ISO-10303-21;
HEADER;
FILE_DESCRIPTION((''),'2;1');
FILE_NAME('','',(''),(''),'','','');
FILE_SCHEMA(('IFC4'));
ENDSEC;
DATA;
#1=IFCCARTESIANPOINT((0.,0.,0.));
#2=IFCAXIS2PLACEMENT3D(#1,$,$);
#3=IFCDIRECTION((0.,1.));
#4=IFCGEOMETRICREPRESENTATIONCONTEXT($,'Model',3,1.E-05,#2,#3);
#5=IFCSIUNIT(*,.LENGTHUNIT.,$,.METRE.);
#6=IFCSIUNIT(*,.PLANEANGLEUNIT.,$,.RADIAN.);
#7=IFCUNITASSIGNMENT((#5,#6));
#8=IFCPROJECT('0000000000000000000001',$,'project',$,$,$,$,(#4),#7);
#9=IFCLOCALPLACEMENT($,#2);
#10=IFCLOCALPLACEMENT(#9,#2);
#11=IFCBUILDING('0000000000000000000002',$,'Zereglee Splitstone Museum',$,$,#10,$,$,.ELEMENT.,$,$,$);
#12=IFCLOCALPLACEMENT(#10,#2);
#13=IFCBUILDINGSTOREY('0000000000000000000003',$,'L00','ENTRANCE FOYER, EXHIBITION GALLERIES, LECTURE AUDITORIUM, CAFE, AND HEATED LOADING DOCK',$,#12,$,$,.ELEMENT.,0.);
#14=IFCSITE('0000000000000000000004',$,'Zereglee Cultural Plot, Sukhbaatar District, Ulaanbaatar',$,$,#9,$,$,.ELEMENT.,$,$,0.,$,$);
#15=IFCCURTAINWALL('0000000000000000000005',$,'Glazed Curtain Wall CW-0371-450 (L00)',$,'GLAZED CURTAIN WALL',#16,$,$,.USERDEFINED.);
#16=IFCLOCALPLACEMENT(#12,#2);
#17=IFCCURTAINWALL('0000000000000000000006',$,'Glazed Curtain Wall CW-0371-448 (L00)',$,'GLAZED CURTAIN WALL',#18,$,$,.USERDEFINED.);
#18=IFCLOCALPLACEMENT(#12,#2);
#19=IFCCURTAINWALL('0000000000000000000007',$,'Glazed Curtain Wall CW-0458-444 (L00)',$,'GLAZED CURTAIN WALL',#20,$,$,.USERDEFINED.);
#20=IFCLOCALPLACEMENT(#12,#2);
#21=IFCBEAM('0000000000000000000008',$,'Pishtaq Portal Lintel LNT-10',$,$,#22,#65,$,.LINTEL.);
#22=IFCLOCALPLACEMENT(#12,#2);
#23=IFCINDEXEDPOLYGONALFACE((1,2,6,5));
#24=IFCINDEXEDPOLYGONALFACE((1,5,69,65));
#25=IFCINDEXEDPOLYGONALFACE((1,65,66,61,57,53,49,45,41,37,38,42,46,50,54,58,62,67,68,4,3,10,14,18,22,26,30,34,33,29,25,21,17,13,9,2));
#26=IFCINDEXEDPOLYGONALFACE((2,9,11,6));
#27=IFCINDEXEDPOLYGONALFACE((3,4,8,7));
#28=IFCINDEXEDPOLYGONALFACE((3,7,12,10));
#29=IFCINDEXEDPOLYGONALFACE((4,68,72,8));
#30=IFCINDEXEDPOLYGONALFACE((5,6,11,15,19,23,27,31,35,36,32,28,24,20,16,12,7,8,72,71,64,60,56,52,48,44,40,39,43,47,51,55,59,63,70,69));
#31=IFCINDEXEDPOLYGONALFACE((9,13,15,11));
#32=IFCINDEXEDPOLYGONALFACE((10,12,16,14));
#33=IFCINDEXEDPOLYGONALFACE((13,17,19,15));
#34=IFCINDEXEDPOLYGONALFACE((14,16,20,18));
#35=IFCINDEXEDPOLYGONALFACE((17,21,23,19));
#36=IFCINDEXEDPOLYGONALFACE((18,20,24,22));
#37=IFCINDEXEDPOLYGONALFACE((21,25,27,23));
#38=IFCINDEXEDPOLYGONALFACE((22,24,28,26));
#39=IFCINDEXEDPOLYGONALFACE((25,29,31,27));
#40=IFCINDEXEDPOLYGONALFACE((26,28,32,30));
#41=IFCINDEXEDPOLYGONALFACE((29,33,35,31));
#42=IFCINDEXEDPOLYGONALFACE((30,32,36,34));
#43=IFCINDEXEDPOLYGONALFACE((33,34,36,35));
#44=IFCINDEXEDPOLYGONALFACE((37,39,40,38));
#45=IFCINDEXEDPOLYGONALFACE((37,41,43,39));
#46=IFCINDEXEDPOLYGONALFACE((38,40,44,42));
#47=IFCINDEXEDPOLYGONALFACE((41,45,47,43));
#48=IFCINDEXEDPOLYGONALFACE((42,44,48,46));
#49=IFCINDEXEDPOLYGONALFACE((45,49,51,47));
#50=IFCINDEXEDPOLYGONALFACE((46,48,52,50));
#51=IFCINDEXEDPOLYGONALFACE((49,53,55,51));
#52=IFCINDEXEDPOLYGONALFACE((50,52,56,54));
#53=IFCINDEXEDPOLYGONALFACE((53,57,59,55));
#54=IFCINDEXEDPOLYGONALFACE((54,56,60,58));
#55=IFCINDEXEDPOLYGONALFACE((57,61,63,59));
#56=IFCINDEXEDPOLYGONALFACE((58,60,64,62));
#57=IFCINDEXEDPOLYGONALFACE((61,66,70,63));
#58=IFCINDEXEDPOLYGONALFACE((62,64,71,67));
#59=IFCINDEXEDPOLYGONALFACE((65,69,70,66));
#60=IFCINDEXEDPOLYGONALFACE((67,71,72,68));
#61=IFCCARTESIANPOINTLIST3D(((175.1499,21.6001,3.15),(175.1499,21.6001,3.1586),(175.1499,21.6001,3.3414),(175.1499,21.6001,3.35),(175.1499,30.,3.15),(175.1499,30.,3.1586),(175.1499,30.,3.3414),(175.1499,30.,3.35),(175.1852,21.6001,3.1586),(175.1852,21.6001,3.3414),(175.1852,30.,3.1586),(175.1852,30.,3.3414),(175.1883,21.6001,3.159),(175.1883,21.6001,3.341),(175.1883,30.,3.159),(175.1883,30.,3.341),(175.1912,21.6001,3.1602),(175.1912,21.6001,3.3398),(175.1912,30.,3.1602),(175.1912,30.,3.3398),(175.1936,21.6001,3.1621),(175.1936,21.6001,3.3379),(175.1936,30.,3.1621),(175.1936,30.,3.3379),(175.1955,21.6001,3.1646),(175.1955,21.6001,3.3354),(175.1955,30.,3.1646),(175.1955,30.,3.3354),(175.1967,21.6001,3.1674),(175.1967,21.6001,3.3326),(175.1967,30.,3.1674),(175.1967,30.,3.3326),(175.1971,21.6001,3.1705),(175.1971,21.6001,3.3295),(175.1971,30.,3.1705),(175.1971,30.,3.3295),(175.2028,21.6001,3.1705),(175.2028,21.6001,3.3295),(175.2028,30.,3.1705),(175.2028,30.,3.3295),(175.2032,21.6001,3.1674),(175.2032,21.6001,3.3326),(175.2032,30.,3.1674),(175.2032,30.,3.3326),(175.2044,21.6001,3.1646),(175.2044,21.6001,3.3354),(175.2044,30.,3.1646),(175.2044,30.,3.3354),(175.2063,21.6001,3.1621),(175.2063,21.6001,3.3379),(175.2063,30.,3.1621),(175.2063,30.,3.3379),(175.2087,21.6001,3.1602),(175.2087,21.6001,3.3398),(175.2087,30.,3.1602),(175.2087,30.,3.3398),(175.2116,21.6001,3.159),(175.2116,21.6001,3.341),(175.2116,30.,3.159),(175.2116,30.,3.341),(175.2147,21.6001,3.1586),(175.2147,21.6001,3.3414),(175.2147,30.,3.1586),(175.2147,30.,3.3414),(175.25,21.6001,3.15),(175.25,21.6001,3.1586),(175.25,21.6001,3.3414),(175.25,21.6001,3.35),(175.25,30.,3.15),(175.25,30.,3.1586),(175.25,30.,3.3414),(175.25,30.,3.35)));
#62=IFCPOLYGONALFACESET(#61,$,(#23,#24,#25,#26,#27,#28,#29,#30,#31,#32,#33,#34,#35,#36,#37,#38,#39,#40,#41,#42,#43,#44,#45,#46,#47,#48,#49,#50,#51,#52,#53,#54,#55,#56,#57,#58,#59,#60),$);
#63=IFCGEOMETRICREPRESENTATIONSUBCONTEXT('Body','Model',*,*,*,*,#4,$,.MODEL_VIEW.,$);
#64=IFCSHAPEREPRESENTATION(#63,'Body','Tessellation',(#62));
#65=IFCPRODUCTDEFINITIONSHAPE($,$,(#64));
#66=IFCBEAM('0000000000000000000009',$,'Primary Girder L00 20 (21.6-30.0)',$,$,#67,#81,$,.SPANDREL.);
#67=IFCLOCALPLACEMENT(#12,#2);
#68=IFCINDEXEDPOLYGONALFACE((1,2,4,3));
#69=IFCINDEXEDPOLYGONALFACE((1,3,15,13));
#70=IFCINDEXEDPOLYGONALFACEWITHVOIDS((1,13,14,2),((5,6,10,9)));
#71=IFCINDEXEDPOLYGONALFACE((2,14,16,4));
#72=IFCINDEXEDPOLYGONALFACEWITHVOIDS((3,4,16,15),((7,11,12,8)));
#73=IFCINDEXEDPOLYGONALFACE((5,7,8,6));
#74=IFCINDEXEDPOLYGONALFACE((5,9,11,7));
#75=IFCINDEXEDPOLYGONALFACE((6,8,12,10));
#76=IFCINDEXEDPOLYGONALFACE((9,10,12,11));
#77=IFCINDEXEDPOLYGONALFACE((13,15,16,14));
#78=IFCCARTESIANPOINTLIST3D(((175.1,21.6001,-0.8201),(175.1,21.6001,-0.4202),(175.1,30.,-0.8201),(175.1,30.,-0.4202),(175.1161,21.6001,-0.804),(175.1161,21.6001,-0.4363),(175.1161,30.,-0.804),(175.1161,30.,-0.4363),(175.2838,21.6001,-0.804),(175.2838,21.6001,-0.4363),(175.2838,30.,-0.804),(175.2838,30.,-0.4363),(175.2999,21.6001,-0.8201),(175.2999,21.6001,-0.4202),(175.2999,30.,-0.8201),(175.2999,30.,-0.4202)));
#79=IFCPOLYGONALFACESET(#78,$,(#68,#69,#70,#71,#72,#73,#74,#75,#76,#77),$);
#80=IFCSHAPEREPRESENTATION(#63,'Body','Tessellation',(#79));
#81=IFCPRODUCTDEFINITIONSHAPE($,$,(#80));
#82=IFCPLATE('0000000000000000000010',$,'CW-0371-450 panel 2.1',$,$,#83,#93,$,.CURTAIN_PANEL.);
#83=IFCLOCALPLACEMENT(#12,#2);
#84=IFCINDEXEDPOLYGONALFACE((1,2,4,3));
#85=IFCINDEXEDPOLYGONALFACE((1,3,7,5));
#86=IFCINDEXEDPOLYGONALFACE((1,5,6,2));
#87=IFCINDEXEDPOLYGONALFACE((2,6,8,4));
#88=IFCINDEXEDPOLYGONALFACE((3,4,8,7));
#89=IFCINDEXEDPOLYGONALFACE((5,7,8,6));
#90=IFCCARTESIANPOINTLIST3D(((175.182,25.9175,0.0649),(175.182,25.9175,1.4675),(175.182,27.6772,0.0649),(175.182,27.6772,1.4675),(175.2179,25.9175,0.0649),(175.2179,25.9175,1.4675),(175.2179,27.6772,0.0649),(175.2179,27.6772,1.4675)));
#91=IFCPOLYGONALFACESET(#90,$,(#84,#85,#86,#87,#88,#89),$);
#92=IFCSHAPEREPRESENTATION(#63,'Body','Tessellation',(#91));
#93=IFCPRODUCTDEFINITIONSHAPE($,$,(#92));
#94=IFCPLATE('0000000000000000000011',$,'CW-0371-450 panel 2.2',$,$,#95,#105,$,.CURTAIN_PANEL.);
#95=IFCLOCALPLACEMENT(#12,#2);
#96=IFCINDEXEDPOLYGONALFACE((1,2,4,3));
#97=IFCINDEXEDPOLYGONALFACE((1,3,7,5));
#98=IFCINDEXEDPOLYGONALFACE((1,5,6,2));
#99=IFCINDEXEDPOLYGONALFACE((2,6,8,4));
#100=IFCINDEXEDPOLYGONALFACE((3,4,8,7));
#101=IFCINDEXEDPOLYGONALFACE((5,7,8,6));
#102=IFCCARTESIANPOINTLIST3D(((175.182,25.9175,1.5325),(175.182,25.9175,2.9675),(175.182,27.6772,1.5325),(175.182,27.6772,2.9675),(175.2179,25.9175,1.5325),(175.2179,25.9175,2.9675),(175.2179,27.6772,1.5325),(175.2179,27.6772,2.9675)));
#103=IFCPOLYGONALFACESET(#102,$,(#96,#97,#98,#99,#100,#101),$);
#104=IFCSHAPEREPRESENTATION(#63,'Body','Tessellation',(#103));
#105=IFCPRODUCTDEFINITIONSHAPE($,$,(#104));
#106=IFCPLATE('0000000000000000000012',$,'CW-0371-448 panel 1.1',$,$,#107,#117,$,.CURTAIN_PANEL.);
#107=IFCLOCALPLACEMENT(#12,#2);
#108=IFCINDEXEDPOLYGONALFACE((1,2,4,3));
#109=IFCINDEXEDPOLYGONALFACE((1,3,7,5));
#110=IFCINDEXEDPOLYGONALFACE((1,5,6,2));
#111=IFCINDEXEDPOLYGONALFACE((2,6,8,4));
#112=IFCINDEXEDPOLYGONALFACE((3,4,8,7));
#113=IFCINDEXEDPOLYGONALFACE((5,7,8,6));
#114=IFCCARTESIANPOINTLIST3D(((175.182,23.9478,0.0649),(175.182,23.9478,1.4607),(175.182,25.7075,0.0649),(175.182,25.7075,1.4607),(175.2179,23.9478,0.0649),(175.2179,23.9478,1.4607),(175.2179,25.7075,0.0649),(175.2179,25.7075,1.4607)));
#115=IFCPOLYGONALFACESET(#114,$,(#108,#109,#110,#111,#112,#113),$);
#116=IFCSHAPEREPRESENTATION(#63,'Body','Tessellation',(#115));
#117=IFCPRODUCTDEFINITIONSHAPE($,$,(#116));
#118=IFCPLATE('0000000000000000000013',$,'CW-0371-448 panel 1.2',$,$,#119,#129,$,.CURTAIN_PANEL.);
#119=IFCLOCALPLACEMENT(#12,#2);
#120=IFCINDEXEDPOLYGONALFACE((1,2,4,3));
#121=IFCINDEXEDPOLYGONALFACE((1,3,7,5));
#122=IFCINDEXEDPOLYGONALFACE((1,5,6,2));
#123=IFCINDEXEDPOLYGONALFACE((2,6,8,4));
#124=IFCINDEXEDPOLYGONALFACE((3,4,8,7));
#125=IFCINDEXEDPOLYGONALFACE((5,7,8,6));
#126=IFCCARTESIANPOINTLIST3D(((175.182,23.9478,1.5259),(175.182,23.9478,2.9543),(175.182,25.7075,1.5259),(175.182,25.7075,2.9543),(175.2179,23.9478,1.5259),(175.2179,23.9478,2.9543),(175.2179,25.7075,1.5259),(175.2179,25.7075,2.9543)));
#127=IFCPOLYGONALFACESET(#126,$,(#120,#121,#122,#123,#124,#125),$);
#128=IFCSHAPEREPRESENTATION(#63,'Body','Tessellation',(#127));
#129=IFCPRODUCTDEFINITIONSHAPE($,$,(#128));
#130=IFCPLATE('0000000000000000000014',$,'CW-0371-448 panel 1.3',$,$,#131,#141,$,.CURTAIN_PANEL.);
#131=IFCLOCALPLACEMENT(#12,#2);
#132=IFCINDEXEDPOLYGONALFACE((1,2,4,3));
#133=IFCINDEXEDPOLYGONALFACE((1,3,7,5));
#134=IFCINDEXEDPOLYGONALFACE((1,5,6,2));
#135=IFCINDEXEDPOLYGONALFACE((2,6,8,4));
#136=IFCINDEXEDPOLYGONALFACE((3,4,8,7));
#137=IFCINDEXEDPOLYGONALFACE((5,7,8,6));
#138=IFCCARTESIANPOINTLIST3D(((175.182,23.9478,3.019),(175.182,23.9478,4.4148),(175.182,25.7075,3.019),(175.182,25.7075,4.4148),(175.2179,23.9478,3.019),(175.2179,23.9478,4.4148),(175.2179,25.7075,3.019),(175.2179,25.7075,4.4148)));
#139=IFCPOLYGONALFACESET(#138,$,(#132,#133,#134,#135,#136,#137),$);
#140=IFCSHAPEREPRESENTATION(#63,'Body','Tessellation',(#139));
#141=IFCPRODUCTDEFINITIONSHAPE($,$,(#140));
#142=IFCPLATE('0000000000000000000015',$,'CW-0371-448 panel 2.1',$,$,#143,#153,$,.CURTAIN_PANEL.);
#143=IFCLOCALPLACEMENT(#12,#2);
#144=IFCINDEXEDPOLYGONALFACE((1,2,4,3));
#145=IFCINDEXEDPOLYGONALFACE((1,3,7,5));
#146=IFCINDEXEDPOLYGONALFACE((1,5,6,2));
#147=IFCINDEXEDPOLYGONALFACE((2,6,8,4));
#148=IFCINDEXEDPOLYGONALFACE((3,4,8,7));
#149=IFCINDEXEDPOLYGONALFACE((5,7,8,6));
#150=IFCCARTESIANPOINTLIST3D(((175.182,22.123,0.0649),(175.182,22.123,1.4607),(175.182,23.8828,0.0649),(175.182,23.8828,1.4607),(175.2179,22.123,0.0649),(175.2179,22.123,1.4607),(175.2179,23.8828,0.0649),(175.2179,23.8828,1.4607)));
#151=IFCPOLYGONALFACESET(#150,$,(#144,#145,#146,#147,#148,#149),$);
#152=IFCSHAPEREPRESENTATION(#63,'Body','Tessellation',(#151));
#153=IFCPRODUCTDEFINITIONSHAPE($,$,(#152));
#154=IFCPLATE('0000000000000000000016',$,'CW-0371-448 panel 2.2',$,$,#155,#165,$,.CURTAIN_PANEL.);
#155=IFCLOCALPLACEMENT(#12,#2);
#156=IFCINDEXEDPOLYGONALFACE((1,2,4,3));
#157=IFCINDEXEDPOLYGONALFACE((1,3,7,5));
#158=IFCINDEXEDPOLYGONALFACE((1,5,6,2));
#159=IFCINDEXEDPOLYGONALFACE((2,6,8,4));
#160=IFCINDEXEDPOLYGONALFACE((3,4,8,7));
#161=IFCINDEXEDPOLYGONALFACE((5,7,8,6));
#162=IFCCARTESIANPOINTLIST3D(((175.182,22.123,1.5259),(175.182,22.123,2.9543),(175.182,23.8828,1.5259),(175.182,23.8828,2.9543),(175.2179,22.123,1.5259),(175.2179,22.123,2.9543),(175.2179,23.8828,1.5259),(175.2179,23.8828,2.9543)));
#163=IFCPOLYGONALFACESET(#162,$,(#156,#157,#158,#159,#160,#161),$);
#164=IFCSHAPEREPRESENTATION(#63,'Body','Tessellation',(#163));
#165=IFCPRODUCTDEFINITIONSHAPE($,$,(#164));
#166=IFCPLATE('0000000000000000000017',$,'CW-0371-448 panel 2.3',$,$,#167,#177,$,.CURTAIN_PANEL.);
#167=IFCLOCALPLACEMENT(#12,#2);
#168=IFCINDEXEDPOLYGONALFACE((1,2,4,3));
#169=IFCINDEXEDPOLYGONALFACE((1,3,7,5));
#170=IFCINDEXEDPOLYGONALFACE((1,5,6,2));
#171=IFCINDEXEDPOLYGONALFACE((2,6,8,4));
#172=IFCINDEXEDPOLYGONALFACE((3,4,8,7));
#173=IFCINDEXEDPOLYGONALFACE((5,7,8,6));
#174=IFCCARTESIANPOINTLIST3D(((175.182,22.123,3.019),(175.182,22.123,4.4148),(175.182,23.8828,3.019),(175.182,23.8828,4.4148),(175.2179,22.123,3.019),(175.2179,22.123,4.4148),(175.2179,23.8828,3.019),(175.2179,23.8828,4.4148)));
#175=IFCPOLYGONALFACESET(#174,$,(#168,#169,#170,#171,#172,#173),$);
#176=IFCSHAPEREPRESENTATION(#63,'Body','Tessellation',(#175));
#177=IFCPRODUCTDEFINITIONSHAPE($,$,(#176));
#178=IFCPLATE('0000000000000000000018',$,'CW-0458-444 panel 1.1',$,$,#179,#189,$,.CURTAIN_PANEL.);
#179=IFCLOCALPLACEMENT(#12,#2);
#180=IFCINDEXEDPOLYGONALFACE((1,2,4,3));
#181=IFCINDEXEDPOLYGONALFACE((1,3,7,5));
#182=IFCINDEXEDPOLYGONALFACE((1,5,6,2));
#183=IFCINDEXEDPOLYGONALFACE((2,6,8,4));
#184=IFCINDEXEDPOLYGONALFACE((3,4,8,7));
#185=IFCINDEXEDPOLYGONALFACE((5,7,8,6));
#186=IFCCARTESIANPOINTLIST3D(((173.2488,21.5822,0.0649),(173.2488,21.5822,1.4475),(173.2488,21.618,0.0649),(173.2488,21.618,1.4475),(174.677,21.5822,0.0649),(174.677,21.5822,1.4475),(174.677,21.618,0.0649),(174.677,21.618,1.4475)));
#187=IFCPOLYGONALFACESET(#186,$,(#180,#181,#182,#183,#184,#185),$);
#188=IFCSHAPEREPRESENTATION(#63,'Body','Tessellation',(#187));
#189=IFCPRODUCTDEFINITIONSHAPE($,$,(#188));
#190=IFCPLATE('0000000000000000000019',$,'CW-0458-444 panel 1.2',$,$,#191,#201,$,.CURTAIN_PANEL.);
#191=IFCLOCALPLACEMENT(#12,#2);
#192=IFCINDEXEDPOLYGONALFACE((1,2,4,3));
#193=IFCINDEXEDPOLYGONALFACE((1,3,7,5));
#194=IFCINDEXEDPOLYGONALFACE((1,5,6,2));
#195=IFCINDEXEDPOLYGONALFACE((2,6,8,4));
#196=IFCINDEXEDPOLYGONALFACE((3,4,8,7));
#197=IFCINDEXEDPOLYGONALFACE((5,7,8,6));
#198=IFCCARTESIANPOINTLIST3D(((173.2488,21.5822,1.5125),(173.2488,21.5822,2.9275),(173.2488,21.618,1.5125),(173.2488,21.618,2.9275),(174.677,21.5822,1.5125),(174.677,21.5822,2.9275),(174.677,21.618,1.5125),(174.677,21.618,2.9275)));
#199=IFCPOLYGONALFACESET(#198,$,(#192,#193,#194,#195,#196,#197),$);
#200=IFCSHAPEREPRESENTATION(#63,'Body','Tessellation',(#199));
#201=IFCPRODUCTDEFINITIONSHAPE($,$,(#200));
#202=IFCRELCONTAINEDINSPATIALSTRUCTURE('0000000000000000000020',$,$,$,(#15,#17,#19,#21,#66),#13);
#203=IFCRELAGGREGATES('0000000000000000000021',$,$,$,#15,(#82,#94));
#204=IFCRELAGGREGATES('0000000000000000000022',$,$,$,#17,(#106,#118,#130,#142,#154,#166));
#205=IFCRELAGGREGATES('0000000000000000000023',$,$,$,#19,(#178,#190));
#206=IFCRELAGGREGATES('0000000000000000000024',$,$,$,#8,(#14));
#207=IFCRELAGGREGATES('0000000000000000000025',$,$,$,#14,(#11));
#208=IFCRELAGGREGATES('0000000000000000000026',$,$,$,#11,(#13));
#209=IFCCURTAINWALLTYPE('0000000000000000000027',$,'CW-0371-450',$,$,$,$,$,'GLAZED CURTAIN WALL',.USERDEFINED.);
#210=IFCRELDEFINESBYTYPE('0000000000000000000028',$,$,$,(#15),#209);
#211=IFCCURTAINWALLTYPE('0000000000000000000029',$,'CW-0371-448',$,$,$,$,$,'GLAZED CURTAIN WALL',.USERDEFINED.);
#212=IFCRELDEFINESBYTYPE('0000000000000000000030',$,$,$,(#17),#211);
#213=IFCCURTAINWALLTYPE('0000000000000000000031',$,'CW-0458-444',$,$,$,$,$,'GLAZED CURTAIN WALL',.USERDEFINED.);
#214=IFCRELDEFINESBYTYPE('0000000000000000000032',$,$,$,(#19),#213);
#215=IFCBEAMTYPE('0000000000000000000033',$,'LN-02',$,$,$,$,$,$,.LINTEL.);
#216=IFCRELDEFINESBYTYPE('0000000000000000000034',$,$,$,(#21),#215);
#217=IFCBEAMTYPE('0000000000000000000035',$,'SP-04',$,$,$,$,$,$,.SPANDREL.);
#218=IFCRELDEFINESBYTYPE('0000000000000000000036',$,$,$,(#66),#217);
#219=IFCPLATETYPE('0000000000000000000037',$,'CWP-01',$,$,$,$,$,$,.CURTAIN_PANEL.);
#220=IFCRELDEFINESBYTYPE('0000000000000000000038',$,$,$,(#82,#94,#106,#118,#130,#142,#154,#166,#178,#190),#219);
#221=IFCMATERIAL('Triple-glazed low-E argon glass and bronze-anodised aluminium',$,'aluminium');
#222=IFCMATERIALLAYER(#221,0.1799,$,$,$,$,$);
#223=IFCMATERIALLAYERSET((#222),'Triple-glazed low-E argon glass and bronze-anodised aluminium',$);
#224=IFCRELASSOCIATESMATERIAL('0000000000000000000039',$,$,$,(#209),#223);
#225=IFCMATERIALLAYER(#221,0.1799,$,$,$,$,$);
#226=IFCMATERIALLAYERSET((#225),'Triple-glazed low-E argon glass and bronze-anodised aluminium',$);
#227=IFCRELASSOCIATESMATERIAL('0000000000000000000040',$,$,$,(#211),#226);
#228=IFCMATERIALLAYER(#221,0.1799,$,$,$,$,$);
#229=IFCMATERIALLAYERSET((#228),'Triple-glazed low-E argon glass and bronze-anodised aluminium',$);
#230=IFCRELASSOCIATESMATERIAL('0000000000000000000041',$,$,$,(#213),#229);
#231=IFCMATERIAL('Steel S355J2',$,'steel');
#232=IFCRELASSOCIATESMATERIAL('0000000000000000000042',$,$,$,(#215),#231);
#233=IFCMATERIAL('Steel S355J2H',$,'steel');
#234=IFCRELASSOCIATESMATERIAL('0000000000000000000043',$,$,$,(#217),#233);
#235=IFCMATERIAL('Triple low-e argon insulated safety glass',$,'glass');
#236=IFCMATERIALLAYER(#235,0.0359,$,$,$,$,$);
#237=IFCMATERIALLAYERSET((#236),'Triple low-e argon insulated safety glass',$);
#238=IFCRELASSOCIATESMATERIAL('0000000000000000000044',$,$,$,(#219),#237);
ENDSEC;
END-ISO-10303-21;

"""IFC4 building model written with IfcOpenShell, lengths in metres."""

from ifc_helpers import new_model, si_unit, direction, frame, origin, origin_2d, place, context, subcontext, project, spatial, rectangle, hollow_rectangle, i_section, extrude, material, layer, layer_set, material_profile, profile_set, type_object, element, aggregate, save


model = new_model("IFC4")

# Units and contexts
model_context = context("Model", 3, precision=1e-05, world=origin(), true_north=direction((0.0, 1.0)))
body_context = subcontext(model_context, "Body", "Model", "MODEL_VIEW")
ifc_project = project(units=[si_unit("LENGTHUNIT", "METRE"), si_unit("PLANEANGLEUNIT", "RADIAN")], contexts=[model_context])

# Site, building, storey
site_placement = place(None, origin())
site = spatial("IfcSite", under=ifc_project, at=site_placement, Name="Zereglee Cultural Plot, Sukhbaatar District, Ulaanbaatar", CompositionType="ELEMENT", RefElevation=0.0)
building_placement = place(site_placement, origin())
building = spatial("IfcBuilding", under=site, at=building_placement, Name="Zereglee Splitstone Museum", CompositionType="ELEMENT")
storey_placement = place(building_placement, origin())
storey = spatial("IfcBuildingStorey", under=building, at=storey_placement, Name="L00", Description="ENTRANCE FOYER, EXHIBITION GALLERIES, LECTURE AUDITORIUM, CAFE, AND HEATED LOADING DOCK", CompositionType="ELEMENT", Elevation=0.0)

# Curtain wall
ifc_material_1 = material(Name="Triple-glazed low-E argon glass and bronze-anodised aluminium", Category="aluminium")
ifc_layer_1 = layer(ifc_material_1, 0.1799)
ifc_layer_set_1 = layer_set([ifc_layer_1], Name="Triple-glazed low-E argon glass and bronze-anodised aluminium")
curtain_wall_type_1 = type_object("IfcCurtainWallType", Name="CW-0371-450", ElementType="GLAZED CURTAIN WALL", PredefinedType="USERDEFINED", material=ifc_layer_set_1)
curtain_wall_1_placement = place(storey_placement, origin())
curtain_wall_1 = element("IfcCurtainWall", 1, at=curtain_wall_1_placement, inside=storey, type_object=curtain_wall_type_1, Name="Glazed Curtain Wall CW-0371-450 (L00)", ObjectType="GLAZED CURTAIN WALL", PredefinedType="USERDEFINED")

# Curtain walls
ifc_layer_2 = layer(ifc_material_1, 0.1799)
ifc_layer_set_2 = layer_set([ifc_layer_2], Name="Triple-glazed low-E argon glass and bronze-anodised aluminium")
curtain_wall_type_2 = type_object("IfcCurtainWallType", Name="CW-0371-448", ElementType="GLAZED CURTAIN WALL", PredefinedType="USERDEFINED", material=ifc_layer_set_2)
curtain_wall_2_placement = place(storey_placement, origin())
curtain_wall_2 = element("IfcCurtainWall", 2, at=curtain_wall_2_placement, inside=storey, type_object=curtain_wall_type_2, Name="Glazed Curtain Wall CW-0371-448 (L00)", ObjectType="GLAZED CURTAIN WALL", PredefinedType="USERDEFINED")
ifc_layer_3 = layer(ifc_material_1, 0.1799)
ifc_layer_set_3 = layer_set([ifc_layer_3], Name="Triple-glazed low-E argon glass and bronze-anodised aluminium")
curtain_wall_type_3 = type_object("IfcCurtainWallType", Name="CW-0458-444", ElementType="GLAZED CURTAIN WALL", PredefinedType="USERDEFINED", material=ifc_layer_set_3)
curtain_wall_3_placement = place(storey_placement, origin())
curtain_wall_3 = element("IfcCurtainWall", 3, at=curtain_wall_3_placement, inside=storey, type_object=curtain_wall_type_3, Name="Glazed Curtain Wall CW-0458-444 (L00)", ObjectType="GLAZED CURTAIN WALL", PredefinedType="USERDEFINED")

# Beams
ifc_material_2 = material(Name="Steel S355J2", Category="steel")
ifc_material_profile_1 = material_profile(ifc_material_2, i_section(OverallWidth=0.1001, OverallDepth=0.2, WebThickness=0.0056, FlangeThickness=0.0085, FilletRadius=0.012, at=origin_2d()), Name="IPE 200")
ifc_profile_set_1 = profile_set([ifc_material_profile_1], Name="Steel S355J2")
beam_type_1 = type_object("IfcBeamType", Name="LN-02", PredefinedType="LINTEL", material=ifc_profile_set_1)
beam_1_placement = place(storey_placement, frame((175.2, 21.6001, 3.25), z_axis=(0.0, 1.0, 0.0), x_axis=(-1.0, 0.0, 0.0)))
element("IfcBeam", 4, at=beam_1_placement, inside=storey, type_object=beam_type_1, Name="Pishtaq Portal Lintel LNT-10", PredefinedType="LINTEL", context=body_context, shape_type="SweptSolid", body=[
    extrude(i_section(OverallWidth=0.1001, OverallDepth=0.2, WebThickness=0.0056, FlangeThickness=0.0085, FilletRadius=0.012, at=origin_2d()), origin(), (0.0, 0.0, 1.0), 8.3999),
])
ifc_material_3 = material(Name="Steel S355J2H", Category="steel")
ifc_material_profile_2 = material_profile(ifc_material_3, hollow_rectangle(XDim=0.2, YDim=0.3999, WallThickness=0.0161, at=origin_2d()), Name="RHS 400x200x16")
ifc_profile_set_2 = profile_set([ifc_material_profile_2], Name="Steel S355J2H")
beam_type_2 = type_object("IfcBeamType", Name="SP-04", PredefinedType="SPANDREL", material=ifc_profile_set_2)
beam_2_placement = place(storey_placement, frame((175.2, 21.6001, -0.6201), z_axis=(0.0, 1.0, 0.0), x_axis=(-1.0, 0.0, 0.0)))
element("IfcBeam", 5, at=beam_2_placement, inside=storey, type_object=beam_type_2, Name="Primary Girder L00 20 (21.6-30.0)", PredefinedType="SPANDREL", context=body_context, shape_type="SweptSolid", body=[
    extrude(hollow_rectangle(XDim=0.2, YDim=0.3999, WallThickness=0.0161, at=origin_2d()), origin(), (0.0, 0.0, 1.0), 8.3999),
])

# Plates
ifc_material_4 = material(Name="Triple low-e argon insulated safety glass", Category="glass")
ifc_layer_4 = layer(ifc_material_4, 0.0359)
ifc_layer_set_4 = layer_set([ifc_layer_4], Name="Triple low-e argon insulated safety glass")
plate_type = type_object("IfcPlateType", Name="CWP-01", PredefinedType="CURTAIN_PANEL", material=ifc_layer_set_4)
plate_1_placement = place(storey_placement, frame((175.2, 26.7974, 0.0649), z_axis=(0.0, 0.0, 1.0), x_axis=(0.0, -1.0, 0.0)))
plate_1 = element("IfcPlate", 6, at=plate_1_placement, type_object=plate_type, Name="CW-0371-450 panel 2.1", PredefinedType="CURTAIN_PANEL", context=body_context, shape_type="SweptSolid", body=[
    extrude(rectangle(XDim=1.7598, YDim=0.0359, at=origin_2d()), origin(), (0.0, 0.0, 1.0), 1.4026),
])
plate_2_placement = place(storey_placement, frame((175.2, 26.7974, 1.5325), z_axis=(0.0, 0.0, 1.0), x_axis=(0.0, -1.0, 0.0)))
plate_2 = element("IfcPlate", 7, at=plate_2_placement, type_object=plate_type, Name="CW-0371-450 panel 2.2", PredefinedType="CURTAIN_PANEL", context=body_context, shape_type="SweptSolid", body=[
    extrude(rectangle(XDim=1.7598, YDim=0.0359, at=origin_2d()), origin(), (0.0, 0.0, 1.0), 1.4351),
])
aggregate(curtain_wall_1, [plate_1, plate_2])
plate_3_placement = place(storey_placement, frame((175.2, 24.8276, 0.0649), z_axis=(0.0, 0.0, 1.0), x_axis=(0.0, -1.0, 0.0)))
plate_3 = element("IfcPlate", 8, at=plate_3_placement, type_object=plate_type, Name="CW-0371-448 panel 1.1", PredefinedType="CURTAIN_PANEL", context=body_context, shape_type="SweptSolid", body=[
    extrude(rectangle(XDim=1.7598, YDim=0.0359, at=origin_2d()), origin(), (0.0, 0.0, 1.0), 1.3958),
])
plate_4_placement = place(storey_placement, frame((175.2, 24.8276, 1.5259), z_axis=(0.0, 0.0, 1.0), x_axis=(0.0, -1.0, 0.0)))
plate_4 = element("IfcPlate", 9, at=plate_4_placement, type_object=plate_type, Name="CW-0371-448 panel 1.2", PredefinedType="CURTAIN_PANEL", context=body_context, shape_type="SweptSolid", body=[
    extrude(rectangle(XDim=1.7598, YDim=0.0359, at=origin_2d()), origin(), (0.0, 0.0, 1.0), 1.4285),
])
plate_5_placement = place(storey_placement, frame((175.2, 24.8276, 3.019), z_axis=(0.0, 0.0, 1.0), x_axis=(0.0, -1.0, 0.0)))
plate_5 = element("IfcPlate", 10, at=plate_5_placement, type_object=plate_type, Name="CW-0371-448 panel 1.3", PredefinedType="CURTAIN_PANEL", context=body_context, shape_type="SweptSolid", body=[
    extrude(rectangle(XDim=1.7598, YDim=0.0359, at=origin_2d()), origin(), (0.0, 0.0, 1.0), 1.3958),
])
plate_6_placement = place(storey_placement, frame((175.2, 23.0029, 0.0649), z_axis=(0.0, 0.0, 1.0), x_axis=(0.0, -1.0, 0.0)))
plate_6 = element("IfcPlate", 11, at=plate_6_placement, type_object=plate_type, Name="CW-0371-448 panel 2.1", PredefinedType="CURTAIN_PANEL", context=body_context, shape_type="SweptSolid", body=[
    extrude(rectangle(XDim=1.7598, YDim=0.0359, at=origin_2d()), origin(), (0.0, 0.0, 1.0), 1.3958),
])
plate_7_placement = place(storey_placement, frame((175.2, 23.0029, 1.5259), z_axis=(0.0, 0.0, 1.0), x_axis=(0.0, -1.0, 0.0)))
plate_7 = element("IfcPlate", 12, at=plate_7_placement, type_object=plate_type, Name="CW-0371-448 panel 2.2", PredefinedType="CURTAIN_PANEL", context=body_context, shape_type="SweptSolid", body=[
    extrude(rectangle(XDim=1.7598, YDim=0.0359, at=origin_2d()), origin(), (0.0, 0.0, 1.0), 1.4285),
])
plate_8_placement = place(storey_placement, frame((175.2, 23.0029, 3.019), z_axis=(0.0, 0.0, 1.0), x_axis=(0.0, -1.0, 0.0)))
plate_8 = element("IfcPlate", 13, at=plate_8_placement, type_object=plate_type, Name="CW-0371-448 panel 2.3", PredefinedType="CURTAIN_PANEL", context=body_context, shape_type="SweptSolid", body=[
    extrude(rectangle(XDim=1.7598, YDim=0.0359, at=origin_2d()), origin(), (0.0, 0.0, 1.0), 1.3958),
])
aggregate(curtain_wall_2, [plate_3, plate_4, plate_5, plate_6, plate_7, plate_8])
plate_9_placement = place(storey_placement, frame((173.9629, 21.6001, 0.0649), z_axis=(0.0, 0.0, 1.0), x_axis=(-1.0, 0.0, 0.0)))
plate_9 = element("IfcPlate", 14, at=plate_9_placement, type_object=plate_type, Name="CW-0458-444 panel 1.1", PredefinedType="CURTAIN_PANEL", context=body_context, shape_type="SweptSolid", body=[
    extrude(rectangle(XDim=1.4282, YDim=0.0359, at=origin_2d()), origin(), (0.0, 0.0, 1.0), 1.3826),
])
plate_10_placement = place(storey_placement, frame((173.9629, 21.6001, 1.5125), z_axis=(0.0, 0.0, 1.0), x_axis=(-1.0, 0.0, 0.0)))
plate_10 = element("IfcPlate", 15, at=plate_10_placement, type_object=plate_type, Name="CW-0458-444 panel 1.2", PredefinedType="CURTAIN_PANEL", context=body_context, shape_type="SweptSolid", body=[
    extrude(rectangle(XDim=1.4282, YDim=0.0359, at=origin_2d()), origin(), (0.0, 0.0, 1.0), 1.415),
])
aggregate(curtain_wall_3, [plate_9, plate_10])

save(model, "model.ifc")
